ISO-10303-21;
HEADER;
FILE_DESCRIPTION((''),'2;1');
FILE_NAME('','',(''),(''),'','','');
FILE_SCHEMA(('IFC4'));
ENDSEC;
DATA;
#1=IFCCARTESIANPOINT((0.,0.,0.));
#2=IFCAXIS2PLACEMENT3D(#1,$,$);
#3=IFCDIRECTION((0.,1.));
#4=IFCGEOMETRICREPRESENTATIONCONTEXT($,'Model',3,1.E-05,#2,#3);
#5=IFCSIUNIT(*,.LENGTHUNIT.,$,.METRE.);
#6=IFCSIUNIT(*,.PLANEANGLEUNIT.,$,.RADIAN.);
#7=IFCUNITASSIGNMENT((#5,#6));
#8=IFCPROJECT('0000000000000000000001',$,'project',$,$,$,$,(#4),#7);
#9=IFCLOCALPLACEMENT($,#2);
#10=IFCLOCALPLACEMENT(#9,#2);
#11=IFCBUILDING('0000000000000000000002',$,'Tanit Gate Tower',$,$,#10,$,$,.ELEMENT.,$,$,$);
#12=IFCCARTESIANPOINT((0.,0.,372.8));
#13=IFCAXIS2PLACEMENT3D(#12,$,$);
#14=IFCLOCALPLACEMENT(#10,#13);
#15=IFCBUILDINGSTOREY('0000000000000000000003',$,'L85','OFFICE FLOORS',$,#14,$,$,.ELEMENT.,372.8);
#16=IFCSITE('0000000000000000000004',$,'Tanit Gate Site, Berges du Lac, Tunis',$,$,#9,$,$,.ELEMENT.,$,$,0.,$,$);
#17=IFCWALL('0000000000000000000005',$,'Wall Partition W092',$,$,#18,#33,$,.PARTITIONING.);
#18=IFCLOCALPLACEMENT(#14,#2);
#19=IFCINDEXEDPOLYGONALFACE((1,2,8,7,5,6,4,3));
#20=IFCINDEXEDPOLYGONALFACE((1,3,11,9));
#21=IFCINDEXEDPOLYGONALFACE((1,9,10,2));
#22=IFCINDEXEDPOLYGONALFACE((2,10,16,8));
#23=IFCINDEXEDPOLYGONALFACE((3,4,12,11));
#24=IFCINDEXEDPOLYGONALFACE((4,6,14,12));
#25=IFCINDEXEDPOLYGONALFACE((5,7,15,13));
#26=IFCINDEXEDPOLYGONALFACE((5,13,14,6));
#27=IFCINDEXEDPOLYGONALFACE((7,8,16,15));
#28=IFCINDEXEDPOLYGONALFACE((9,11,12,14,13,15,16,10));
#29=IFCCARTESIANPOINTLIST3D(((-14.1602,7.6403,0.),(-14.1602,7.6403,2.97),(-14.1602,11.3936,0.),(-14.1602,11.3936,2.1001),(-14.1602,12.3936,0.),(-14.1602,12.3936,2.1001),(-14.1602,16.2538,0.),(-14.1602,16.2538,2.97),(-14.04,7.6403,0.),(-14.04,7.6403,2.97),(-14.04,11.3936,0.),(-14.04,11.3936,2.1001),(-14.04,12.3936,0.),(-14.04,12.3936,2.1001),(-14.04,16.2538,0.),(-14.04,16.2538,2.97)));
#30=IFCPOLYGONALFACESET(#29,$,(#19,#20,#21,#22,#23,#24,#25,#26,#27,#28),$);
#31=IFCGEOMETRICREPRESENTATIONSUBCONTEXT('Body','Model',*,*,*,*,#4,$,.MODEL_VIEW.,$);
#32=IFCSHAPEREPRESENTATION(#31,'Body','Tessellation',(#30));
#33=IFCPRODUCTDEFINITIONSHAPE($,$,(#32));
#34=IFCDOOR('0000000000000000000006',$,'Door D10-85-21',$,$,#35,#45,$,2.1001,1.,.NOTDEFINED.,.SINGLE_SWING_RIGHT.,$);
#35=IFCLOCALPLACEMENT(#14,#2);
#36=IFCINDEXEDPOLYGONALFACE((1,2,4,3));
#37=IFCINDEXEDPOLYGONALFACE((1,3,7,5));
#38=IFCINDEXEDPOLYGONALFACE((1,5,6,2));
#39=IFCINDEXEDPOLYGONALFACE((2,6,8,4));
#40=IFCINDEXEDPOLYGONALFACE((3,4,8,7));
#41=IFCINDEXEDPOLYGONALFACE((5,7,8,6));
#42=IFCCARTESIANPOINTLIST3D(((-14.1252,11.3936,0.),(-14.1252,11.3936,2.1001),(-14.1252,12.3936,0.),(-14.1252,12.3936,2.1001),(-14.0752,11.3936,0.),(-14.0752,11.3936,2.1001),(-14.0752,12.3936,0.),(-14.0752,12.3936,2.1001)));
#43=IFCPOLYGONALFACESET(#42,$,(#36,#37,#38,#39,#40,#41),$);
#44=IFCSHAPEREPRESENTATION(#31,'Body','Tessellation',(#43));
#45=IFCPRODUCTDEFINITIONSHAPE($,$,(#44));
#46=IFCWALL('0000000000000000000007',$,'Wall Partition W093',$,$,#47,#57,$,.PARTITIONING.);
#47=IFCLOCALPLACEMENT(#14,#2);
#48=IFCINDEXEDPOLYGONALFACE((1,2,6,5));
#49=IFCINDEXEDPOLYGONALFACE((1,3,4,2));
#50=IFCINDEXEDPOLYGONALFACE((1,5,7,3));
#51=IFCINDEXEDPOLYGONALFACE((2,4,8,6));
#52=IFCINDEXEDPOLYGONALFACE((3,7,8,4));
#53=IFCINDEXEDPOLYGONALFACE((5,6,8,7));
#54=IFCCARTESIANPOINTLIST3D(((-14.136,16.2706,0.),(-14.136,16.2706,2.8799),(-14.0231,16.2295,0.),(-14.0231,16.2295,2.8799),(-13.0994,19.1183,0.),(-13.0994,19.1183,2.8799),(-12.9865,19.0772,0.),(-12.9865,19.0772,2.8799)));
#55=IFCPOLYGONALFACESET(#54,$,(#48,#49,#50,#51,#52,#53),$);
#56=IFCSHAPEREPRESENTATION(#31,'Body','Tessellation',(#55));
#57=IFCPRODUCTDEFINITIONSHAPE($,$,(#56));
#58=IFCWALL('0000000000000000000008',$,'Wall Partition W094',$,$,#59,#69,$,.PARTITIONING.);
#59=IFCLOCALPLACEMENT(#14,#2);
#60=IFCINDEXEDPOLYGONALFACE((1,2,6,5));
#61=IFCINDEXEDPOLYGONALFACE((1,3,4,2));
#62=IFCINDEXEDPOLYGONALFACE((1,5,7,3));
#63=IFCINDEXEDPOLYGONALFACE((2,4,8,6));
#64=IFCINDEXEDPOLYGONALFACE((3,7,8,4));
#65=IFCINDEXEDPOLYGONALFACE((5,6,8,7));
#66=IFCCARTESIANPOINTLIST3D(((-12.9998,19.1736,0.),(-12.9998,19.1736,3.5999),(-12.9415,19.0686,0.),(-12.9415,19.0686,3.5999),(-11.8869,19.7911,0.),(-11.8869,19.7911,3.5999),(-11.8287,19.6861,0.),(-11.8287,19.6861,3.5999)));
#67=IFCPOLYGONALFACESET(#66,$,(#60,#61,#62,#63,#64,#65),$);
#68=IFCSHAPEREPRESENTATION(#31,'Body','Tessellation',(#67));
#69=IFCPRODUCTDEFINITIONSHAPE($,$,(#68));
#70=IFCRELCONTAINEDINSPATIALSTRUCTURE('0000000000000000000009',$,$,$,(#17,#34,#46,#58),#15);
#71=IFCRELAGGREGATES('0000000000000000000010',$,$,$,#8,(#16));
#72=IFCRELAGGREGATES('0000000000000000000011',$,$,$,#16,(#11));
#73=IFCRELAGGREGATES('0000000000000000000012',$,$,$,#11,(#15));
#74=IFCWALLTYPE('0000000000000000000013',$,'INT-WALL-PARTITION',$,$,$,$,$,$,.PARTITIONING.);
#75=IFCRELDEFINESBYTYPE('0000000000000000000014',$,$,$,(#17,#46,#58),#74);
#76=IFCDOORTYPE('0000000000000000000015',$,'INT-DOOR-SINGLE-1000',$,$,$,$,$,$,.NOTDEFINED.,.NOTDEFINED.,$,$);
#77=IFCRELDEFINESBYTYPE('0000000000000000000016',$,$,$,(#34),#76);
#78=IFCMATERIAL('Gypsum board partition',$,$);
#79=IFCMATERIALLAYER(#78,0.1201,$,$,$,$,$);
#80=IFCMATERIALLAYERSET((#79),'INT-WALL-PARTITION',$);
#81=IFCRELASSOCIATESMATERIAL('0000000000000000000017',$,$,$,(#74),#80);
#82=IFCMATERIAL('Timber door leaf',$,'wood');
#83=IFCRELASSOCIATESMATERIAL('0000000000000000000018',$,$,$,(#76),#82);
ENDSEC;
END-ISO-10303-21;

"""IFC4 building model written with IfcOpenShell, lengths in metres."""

from ifc_helpers import new_model, si_unit, direction, frame, frame_2d, origin, place, context, subcontext, project, spatial, rectangle, extrude, material, layer, layer_set, type_object, element, fill, save


model = new_model("IFC4")

# Units and contexts
model_context = context("Model", 3, precision=1e-05, world=origin(), true_north=direction((0.0, 1.0)))
body_context = subcontext(model_context, "Body", "Model", "MODEL_VIEW")
ifc_project = project(units=[si_unit("LENGTHUNIT", "METRE"), si_unit("PLANEANGLEUNIT", "RADIAN")], contexts=[model_context])

# Site, building, storey
site_placement = place(None, origin())
site = spatial("IfcSite", under=ifc_project, at=site_placement, Name="Tanit Gate Site, Berges du Lac, Tunis", CompositionType="ELEMENT", RefElevation=0.0)
building_placement = place(site_placement, origin())
building = spatial("IfcBuilding", under=site, at=building_placement, Name="Tanit Gate Tower", CompositionType="ELEMENT")
storey_placement = place(building_placement, frame((0.0, 0.0, 372.8)))
storey = spatial("IfcBuildingStorey", under=building, at=storey_placement, Name="L85", Description="OFFICE FLOORS", CompositionType="ELEMENT", Elevation=372.8)

# Wall, opening, door
ifc_material_1 = material(Name="Gypsum board partition")
ifc_layer_1 = layer(ifc_material_1, 0.1201)
ifc_layer_set_1 = layer_set([ifc_layer_1], Name="INT-WALL-PARTITION")
wall_type_1 = type_object("IfcWallType", Name="INT-WALL-PARTITION", PredefinedType="PARTITIONING", material=ifc_layer_set_1)
wall_1_placement = place(storey_placement, frame((-14.1001, 16.2537, 0.0), z_axis=(0.0, 0.0, 1.0), x_axis=(0.0, -1.0, 0.0)))
wall_1 = element("IfcWall", 1, at=wall_1_placement, inside=storey, type_object=wall_type_1, Name="Wall Partition W092", PredefinedType="PARTITIONING", context=body_context, shape_type="SweptSolid", body=[
    extrude(rectangle(XDim=8.6135, YDim=0.1201, at=frame_2d((4.3066, 0.0))), origin(), (0.0, 0.0, 1.0), 2.97),
])
opening_placement = place(wall_1_placement, frame((3.8601, 0.0, 0.0)))
opening = element("IfcOpeningElement", 2, at=opening_placement, cuts=wall_1, PredefinedType="OPENING", context=body_context, shape_type="SweptSolid", body=[
    extrude(rectangle(XDim=1.0, YDim=2.1001, at=frame_2d((0.5, 1.05))), frame((0.0, 0.0701, 0.0), z_axis=(0.0, -1.0, 0.0), x_axis=(1.0, 0.0, 0.0)), (0.0, 0.0, 1.0), 0.1401),
])
ifc_material_2 = material(Name="Timber door leaf", Category="wood")
door_type = type_object("IfcDoorType", Name="INT-DOOR-SINGLE-1000", OperationType="NOTDEFINED", PredefinedType="NOTDEFINED", material=ifc_material_2)
door_placement = place(opening_placement, origin())
door = element("IfcDoor", 3, at=door_placement, inside=storey, type_object=door_type, Name="Door D10-85-21", OperationType="SINGLE_SWING_RIGHT", OverallHeight=2.1001, OverallWidth=1.0, PredefinedType="NOTDEFINED", context=body_context, shape_type="SweptSolid", body=[
    extrude(rectangle(XDim=1.0, YDim=2.1001, at=frame_2d((0.5, 1.05))), frame((0.0, 0.0249, 0.0), z_axis=(0.0, -1.0, 0.0), x_axis=(1.0, 0.0, 0.0)), (0.0, 0.0, 1.0), 0.05),
])
fill(opening, door)

# Walls
wall_2_placement = place(storey_placement, frame((-13.043, 19.0977, 0.0), z_axis=(0.0, 0.0, 1.0), x_axis=(-0.342066, -0.939676, 0.0)))
element("IfcWall", 4, at=wall_2_placement, inside=storey, type_object=wall_type_1, Name="Wall Partition W093", PredefinedType="PARTITIONING", context=body_context, shape_type="SweptSolid", body=[
    extrude(rectangle(XDim=3.0305, YDim=0.1201, at=frame_2d((1.5151, 0.0))), origin(), (0.0, 0.0, 1.0), 2.8799),
])
wall_3_placement = place(storey_placement, frame((-11.8579, 19.7385, 0.0), z_axis=(0.0, 0.0, 1.0), x_axis=(-0.87442, -0.48517, 0.0)))
element("IfcWall", 5, at=wall_3_placement, inside=storey, type_object=wall_type_1, Name="Wall Partition W094", PredefinedType="PARTITIONING", context=body_context, shape_type="SweptSolid", body=[
    extrude(rectangle(XDim=1.2727, YDim=0.1201, at=frame_2d((0.6362, 0.0))), origin(), (0.0, 0.0, 1.0), 3.5999),
])

save(model, "model.ifc")
